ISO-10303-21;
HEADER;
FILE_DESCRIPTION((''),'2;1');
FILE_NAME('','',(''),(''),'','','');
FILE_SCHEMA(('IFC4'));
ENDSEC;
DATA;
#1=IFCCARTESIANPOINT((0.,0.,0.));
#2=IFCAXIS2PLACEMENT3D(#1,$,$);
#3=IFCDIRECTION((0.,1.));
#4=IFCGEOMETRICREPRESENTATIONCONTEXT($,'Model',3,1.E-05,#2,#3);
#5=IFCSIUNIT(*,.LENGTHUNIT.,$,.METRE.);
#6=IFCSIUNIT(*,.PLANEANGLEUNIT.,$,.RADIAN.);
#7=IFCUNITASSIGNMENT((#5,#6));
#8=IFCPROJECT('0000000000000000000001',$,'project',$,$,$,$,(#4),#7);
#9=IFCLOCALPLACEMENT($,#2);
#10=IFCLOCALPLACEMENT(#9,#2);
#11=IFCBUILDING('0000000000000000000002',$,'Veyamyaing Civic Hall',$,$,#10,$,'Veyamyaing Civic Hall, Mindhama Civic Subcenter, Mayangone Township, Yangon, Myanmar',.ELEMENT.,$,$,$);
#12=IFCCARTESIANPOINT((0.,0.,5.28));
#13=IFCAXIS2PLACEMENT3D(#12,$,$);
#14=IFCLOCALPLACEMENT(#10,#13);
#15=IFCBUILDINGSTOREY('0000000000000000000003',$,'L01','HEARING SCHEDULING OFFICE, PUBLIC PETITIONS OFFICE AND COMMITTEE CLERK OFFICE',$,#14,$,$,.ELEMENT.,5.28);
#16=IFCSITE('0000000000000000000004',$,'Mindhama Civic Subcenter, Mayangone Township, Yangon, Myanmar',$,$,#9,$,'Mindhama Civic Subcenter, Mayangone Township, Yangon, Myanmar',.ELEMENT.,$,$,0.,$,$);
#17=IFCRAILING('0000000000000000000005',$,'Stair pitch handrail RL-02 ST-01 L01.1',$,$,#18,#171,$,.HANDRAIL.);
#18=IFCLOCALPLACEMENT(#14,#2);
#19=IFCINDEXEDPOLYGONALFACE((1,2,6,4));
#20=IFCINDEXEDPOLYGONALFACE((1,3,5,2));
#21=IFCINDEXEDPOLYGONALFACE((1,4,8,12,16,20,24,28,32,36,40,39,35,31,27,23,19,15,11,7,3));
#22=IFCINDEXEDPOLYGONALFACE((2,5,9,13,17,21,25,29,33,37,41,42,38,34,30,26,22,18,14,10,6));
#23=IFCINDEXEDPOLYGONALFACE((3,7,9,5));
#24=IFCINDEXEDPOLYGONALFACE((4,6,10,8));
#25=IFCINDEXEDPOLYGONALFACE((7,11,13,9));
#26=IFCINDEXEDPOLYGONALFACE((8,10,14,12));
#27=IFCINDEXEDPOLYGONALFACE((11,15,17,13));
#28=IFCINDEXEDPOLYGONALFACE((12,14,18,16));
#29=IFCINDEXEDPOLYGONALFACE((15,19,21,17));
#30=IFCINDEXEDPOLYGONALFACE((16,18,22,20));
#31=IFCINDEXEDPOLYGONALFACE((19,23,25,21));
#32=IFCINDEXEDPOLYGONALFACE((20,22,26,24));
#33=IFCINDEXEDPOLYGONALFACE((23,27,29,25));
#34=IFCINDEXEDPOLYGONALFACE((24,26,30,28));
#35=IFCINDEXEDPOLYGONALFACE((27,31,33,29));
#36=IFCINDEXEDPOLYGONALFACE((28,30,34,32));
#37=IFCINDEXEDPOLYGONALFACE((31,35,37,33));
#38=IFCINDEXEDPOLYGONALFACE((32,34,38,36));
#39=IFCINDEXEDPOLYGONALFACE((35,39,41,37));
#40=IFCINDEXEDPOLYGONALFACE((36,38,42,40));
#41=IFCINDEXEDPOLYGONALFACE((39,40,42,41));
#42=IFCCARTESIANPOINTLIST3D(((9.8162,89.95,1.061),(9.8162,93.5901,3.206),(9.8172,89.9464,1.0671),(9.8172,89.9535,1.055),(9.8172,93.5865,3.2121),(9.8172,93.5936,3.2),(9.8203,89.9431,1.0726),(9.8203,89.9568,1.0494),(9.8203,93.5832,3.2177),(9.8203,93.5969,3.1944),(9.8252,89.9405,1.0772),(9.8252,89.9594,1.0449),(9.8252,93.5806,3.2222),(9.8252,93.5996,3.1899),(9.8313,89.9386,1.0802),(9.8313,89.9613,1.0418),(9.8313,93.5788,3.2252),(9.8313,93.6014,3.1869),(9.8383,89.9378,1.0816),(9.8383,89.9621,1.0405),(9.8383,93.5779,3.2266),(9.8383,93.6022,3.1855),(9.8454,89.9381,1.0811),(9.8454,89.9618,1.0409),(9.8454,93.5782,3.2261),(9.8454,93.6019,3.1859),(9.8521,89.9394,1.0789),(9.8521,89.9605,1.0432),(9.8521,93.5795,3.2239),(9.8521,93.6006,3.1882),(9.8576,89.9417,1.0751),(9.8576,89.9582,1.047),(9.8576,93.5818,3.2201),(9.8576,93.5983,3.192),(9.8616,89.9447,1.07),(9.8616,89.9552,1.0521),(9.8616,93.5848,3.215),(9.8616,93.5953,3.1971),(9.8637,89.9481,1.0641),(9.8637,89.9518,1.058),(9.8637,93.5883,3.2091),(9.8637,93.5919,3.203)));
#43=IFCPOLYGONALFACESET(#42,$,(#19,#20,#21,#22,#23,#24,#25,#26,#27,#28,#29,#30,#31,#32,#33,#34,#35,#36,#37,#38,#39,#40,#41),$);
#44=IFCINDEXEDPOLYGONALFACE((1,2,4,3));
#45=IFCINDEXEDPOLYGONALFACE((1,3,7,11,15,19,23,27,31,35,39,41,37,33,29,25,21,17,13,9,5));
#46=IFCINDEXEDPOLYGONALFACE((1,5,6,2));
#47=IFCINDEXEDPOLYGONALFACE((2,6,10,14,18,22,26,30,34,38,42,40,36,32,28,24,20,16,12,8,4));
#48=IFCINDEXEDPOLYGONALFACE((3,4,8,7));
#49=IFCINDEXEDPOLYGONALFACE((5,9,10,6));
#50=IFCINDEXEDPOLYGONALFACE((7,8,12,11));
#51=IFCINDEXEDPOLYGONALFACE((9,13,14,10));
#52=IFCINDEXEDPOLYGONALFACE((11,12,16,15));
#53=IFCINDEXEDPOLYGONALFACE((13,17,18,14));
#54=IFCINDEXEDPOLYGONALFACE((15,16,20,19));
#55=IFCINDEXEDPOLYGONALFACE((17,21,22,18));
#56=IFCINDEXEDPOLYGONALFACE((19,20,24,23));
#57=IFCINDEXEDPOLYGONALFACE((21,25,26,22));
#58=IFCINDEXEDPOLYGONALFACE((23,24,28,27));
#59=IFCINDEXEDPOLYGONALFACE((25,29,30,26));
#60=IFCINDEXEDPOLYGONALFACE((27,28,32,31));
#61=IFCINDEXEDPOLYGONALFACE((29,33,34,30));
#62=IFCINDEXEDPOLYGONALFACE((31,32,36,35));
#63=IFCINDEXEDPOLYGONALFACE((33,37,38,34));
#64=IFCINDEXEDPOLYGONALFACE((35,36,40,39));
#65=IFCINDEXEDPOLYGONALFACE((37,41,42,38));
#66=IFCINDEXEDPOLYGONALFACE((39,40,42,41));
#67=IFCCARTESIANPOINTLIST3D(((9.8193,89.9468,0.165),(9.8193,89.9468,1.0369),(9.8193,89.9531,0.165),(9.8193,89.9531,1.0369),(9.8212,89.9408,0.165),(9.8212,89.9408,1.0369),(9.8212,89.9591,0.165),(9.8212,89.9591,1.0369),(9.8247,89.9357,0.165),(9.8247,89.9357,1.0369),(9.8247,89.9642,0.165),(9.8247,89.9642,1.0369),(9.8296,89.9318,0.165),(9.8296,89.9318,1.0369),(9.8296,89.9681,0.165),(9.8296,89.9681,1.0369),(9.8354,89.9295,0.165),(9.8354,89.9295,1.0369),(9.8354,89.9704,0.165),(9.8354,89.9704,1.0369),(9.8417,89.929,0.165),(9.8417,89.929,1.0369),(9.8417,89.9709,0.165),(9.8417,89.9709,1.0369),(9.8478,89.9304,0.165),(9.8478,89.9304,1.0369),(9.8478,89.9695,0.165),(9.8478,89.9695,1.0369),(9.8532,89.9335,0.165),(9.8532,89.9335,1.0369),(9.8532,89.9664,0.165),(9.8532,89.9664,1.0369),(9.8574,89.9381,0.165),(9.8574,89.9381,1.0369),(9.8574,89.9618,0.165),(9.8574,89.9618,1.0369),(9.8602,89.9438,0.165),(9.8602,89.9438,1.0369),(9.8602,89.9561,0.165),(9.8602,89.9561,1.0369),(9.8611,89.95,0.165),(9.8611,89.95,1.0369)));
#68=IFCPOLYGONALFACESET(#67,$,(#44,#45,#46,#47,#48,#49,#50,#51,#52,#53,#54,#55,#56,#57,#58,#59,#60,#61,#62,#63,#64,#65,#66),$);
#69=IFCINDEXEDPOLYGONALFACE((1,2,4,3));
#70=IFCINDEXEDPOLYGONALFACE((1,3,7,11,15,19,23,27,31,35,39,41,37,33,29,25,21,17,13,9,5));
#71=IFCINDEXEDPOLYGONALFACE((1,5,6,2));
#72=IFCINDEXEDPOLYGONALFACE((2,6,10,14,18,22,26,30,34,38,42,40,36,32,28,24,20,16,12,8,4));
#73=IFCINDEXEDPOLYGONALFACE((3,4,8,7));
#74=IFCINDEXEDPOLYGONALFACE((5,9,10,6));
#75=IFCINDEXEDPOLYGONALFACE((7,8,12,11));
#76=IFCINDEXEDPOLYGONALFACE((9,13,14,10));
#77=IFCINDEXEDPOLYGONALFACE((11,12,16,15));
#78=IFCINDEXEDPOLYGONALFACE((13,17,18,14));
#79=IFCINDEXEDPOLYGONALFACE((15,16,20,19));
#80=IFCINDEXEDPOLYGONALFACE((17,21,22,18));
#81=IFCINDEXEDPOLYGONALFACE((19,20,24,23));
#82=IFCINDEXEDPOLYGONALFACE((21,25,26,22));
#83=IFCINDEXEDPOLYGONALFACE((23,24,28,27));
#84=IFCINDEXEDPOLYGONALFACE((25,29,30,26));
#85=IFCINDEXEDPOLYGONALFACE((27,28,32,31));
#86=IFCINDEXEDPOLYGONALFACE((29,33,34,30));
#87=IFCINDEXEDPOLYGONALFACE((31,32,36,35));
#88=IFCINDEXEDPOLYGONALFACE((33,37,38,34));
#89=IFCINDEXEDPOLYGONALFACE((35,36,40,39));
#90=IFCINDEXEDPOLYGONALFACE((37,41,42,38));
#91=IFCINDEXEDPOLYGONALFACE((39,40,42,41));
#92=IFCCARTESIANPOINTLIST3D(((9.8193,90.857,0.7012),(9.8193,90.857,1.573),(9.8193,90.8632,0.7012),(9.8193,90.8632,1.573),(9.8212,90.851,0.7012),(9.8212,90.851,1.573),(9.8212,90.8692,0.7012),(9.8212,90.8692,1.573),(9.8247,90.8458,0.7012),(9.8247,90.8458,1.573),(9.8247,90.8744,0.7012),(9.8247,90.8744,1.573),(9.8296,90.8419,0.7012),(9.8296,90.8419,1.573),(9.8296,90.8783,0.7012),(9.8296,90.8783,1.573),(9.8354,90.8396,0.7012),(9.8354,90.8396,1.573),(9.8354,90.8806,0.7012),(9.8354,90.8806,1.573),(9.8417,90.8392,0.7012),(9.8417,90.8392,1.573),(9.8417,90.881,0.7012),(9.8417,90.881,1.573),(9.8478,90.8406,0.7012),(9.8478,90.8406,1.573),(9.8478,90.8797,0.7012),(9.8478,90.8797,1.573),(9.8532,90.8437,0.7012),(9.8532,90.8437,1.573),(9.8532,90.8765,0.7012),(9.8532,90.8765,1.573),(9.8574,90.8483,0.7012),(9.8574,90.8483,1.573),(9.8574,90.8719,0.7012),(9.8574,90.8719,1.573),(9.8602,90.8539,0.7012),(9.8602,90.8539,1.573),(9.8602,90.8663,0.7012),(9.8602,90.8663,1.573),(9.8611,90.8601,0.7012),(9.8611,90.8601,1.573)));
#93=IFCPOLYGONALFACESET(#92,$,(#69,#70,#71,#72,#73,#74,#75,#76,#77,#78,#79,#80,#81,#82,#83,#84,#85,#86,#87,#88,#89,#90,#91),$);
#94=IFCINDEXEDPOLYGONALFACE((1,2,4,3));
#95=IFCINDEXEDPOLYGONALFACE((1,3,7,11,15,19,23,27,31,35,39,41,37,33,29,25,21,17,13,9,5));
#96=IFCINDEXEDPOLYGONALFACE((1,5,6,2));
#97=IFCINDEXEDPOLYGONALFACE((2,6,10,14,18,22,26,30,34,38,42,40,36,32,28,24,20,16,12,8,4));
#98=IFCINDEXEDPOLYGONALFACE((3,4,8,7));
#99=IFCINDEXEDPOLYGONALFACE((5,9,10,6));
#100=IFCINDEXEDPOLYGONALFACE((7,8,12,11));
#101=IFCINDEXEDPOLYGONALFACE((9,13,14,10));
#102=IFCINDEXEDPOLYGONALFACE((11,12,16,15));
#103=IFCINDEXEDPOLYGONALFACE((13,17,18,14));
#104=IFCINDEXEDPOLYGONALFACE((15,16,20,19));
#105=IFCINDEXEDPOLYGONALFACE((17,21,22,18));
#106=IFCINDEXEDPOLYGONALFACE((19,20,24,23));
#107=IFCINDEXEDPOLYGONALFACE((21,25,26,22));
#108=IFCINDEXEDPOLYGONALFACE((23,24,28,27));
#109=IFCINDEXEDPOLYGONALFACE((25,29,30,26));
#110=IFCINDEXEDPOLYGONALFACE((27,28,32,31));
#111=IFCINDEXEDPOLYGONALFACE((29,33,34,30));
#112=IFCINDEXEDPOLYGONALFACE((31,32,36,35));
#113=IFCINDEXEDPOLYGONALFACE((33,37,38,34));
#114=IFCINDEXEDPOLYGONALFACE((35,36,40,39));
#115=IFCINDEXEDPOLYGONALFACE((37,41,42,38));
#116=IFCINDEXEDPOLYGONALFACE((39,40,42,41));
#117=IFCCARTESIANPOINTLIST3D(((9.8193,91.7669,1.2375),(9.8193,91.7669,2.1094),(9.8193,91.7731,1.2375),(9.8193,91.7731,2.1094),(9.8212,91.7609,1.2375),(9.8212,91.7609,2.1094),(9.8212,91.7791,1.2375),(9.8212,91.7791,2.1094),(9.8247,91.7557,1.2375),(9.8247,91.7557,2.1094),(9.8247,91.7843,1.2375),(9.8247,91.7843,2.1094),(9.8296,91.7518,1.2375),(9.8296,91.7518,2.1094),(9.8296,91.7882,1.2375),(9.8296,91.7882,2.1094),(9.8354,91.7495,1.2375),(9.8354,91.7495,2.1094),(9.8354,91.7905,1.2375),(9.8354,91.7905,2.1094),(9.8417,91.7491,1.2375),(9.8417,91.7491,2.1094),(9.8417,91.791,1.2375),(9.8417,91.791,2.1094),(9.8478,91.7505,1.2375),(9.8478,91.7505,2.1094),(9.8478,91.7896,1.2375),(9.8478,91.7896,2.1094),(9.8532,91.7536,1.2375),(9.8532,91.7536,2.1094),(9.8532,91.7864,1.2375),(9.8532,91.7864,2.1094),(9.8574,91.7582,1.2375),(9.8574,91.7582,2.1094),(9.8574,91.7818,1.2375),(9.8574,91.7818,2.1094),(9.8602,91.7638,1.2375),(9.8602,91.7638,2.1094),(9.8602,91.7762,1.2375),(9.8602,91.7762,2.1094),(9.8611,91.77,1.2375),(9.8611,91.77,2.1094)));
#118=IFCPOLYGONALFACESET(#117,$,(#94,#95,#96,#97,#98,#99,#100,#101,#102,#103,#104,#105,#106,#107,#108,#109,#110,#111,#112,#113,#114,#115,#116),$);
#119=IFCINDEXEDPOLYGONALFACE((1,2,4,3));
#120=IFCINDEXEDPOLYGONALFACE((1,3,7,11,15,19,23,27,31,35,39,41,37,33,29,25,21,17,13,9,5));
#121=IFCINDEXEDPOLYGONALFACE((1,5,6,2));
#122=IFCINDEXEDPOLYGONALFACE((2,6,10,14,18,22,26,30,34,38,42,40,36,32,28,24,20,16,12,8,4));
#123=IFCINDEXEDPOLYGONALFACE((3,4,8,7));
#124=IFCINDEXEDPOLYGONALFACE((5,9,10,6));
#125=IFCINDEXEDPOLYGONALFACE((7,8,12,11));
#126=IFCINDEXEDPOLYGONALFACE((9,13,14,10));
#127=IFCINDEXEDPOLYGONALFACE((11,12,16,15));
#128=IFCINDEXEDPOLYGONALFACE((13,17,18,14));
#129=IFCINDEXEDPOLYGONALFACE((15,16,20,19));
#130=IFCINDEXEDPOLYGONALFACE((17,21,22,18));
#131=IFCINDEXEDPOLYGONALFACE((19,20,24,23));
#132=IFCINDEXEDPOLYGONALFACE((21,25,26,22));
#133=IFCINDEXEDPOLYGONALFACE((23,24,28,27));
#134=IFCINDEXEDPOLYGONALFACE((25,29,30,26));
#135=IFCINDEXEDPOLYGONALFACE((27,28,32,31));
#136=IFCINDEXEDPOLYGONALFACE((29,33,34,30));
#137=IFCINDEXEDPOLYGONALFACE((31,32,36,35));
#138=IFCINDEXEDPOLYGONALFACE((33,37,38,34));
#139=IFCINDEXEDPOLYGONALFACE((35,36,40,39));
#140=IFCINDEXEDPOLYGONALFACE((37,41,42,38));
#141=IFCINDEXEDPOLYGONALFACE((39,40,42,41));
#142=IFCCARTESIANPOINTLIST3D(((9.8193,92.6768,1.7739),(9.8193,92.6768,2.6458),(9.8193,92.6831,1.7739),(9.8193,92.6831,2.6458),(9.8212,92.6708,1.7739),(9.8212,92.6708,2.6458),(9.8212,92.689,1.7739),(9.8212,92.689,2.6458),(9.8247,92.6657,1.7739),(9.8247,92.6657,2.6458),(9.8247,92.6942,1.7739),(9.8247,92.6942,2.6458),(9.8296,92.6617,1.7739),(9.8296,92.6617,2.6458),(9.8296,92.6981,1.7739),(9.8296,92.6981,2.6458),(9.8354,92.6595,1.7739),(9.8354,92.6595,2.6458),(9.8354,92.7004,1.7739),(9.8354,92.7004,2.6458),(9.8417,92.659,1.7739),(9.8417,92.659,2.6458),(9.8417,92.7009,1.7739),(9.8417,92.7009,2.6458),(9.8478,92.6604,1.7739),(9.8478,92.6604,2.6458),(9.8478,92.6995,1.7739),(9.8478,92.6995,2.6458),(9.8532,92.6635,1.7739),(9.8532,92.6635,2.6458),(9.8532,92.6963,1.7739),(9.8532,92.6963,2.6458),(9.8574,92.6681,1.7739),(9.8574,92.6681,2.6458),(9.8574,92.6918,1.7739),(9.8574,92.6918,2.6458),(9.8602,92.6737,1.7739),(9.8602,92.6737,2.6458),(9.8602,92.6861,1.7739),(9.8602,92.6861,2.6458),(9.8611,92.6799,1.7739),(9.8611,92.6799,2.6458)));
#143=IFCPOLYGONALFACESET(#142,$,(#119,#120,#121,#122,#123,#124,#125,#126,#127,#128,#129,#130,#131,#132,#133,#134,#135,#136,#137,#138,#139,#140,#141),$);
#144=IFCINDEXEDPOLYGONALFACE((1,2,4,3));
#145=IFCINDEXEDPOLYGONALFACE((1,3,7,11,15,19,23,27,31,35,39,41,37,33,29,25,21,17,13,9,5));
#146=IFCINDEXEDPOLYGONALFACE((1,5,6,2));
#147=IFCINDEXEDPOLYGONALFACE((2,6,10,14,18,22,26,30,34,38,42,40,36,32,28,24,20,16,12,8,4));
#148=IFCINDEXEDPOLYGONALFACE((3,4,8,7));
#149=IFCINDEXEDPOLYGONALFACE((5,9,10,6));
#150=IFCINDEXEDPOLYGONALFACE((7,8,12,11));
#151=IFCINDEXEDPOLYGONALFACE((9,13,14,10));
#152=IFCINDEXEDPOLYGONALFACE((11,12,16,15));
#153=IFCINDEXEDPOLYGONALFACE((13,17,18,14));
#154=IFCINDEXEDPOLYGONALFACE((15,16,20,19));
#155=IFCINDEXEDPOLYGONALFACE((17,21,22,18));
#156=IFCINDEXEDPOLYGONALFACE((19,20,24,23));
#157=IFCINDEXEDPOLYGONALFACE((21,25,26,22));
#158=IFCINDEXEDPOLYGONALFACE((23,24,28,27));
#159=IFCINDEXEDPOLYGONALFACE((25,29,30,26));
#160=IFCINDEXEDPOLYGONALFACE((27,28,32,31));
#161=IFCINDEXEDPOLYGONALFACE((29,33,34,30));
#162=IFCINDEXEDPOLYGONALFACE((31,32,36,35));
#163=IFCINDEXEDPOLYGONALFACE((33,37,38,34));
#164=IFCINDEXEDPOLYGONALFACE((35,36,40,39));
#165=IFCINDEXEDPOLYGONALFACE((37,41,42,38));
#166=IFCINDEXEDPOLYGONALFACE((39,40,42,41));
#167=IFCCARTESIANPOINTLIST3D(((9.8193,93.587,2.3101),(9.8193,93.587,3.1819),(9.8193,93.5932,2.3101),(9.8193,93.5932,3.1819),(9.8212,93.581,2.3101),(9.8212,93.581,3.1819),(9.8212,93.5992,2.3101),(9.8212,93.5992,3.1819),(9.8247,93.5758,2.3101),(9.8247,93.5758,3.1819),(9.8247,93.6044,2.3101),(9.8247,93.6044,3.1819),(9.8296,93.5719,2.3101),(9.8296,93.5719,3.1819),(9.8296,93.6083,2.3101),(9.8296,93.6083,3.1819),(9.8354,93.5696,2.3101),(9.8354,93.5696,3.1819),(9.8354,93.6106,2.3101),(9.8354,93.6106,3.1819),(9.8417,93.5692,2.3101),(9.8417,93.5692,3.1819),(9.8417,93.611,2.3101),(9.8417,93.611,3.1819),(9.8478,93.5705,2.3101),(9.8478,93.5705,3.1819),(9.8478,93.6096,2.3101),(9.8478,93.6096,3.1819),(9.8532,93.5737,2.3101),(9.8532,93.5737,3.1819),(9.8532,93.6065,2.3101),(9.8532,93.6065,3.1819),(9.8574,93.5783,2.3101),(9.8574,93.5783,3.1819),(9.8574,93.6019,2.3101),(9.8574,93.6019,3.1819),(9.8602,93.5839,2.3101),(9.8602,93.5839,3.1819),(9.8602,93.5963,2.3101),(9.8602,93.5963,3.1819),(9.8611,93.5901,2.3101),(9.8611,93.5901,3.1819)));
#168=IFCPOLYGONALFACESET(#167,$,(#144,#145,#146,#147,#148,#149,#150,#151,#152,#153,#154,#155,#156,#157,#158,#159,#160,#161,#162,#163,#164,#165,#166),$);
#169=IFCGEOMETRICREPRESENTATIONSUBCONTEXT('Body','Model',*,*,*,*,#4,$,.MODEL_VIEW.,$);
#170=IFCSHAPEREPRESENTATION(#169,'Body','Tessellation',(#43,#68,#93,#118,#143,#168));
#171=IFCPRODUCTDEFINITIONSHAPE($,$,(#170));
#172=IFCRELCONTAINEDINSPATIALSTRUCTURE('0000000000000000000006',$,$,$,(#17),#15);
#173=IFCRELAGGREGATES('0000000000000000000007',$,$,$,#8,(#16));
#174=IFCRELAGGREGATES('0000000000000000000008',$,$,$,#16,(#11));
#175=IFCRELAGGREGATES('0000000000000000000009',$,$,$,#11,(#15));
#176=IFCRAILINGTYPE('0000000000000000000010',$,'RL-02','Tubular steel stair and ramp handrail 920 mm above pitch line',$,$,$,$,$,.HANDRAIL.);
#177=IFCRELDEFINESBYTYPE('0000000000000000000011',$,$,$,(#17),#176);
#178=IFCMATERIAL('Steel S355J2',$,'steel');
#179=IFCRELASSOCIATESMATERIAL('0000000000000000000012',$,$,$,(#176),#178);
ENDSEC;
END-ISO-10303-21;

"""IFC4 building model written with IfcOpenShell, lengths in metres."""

from ifc_helpers import new_model, si_unit, direction, frame, origin, origin_2d, place, context, subcontext, project, spatial, circle, extrude, material, type_object, element, save


model = new_model("IFC4")

# Units and contexts
model_context = context("Model", 3, precision=1e-05, world=origin(), true_north=direction((0.0, 1.0)))
body_context = subcontext(model_context, "Body", "Model", "MODEL_VIEW")
ifc_project = project(units=[si_unit("LENGTHUNIT", "METRE"), si_unit("PLANEANGLEUNIT", "RADIAN")], contexts=[model_context])

# Site, building, storey
site_placement = place(None, origin())
site = spatial("IfcSite", under=ifc_project, at=site_placement, Name="Mindhama Civic Subcenter, Mayangone Township, Yangon, Myanmar", LongName="Mindhama Civic Subcenter, Mayangone Township, Yangon, Myanmar", CompositionType="ELEMENT", RefElevation=0.0)
building_placement = place(site_placement, origin())
building = spatial("IfcBuilding", under=site, at=building_placement, Name="Veyamyaing Civic Hall", LongName="Veyamyaing Civic Hall, Mindhama Civic Subcenter, Mayangone Township, Yangon, Myanmar", CompositionType="ELEMENT")
storey_placement = place(building_placement, frame((0.0, 0.0, 5.28)))
storey = spatial("IfcBuildingStorey", under=building, at=storey_placement, Name="L01", Description="HEARING SCHEDULING OFFICE, PUBLIC PETITIONS OFFICE AND COMMITTEE CLERK OFFICE", CompositionType="ELEMENT", Elevation=5.28)

# Railing
ifc_material_1 = material(Name="Steel S355J2", Category="steel")
railing_type_1 = type_object("IfcRailingType", Name="RL-02", Description="Tubular steel stair and ramp handrail 920 mm above pitch line", PredefinedType="HANDRAIL", material=ifc_material_1)
railing_1_placement = place(storey_placement, frame((9.8401, 89.95, 0.165)))
element("IfcRailing", 1, at=railing_1_placement, inside=storey, type_object=railing_type_1, Name="Stair pitch handrail RL-02 ST-01 L01.1", PredefinedType="HANDRAIL", context=body_context, shape_type="SweptSolid", body=[
    extrude(circle(Radius=0.0239, at=origin_2d()), frame((0.0, 0.0, 0.896), z_axis=(0.0, 0.861545, 0.507682), x_axis=(-1.0, 0.0, 0.0)), (0.0, 0.0, 1.0), 4.2251),
    extrude(circle(Radius=0.021, at=origin_2d()), origin(), (0.0, 0.0, 1.0), 0.8718),
    extrude(circle(Radius=0.021, at=origin_2d()), frame((0.0, 0.9102, 0.5361)), (0.0, 0.0, 1.0), 0.8718),
    extrude(circle(Radius=0.021, at=origin_2d()), frame((0.0, 1.8201, 1.0725)), (0.0, 0.0, 1.0), 0.8718),
    extrude(circle(Radius=0.021, at=origin_2d()), frame((0.0, 2.73, 1.6089)), (0.0, 0.0, 1.0), 0.8718),
    extrude(circle(Radius=0.021, at=origin_2d()), frame((0.0, 3.6401, 2.145)), (0.0, 0.0, 1.0), 0.8718),
])

save(model, "model.ifc")
